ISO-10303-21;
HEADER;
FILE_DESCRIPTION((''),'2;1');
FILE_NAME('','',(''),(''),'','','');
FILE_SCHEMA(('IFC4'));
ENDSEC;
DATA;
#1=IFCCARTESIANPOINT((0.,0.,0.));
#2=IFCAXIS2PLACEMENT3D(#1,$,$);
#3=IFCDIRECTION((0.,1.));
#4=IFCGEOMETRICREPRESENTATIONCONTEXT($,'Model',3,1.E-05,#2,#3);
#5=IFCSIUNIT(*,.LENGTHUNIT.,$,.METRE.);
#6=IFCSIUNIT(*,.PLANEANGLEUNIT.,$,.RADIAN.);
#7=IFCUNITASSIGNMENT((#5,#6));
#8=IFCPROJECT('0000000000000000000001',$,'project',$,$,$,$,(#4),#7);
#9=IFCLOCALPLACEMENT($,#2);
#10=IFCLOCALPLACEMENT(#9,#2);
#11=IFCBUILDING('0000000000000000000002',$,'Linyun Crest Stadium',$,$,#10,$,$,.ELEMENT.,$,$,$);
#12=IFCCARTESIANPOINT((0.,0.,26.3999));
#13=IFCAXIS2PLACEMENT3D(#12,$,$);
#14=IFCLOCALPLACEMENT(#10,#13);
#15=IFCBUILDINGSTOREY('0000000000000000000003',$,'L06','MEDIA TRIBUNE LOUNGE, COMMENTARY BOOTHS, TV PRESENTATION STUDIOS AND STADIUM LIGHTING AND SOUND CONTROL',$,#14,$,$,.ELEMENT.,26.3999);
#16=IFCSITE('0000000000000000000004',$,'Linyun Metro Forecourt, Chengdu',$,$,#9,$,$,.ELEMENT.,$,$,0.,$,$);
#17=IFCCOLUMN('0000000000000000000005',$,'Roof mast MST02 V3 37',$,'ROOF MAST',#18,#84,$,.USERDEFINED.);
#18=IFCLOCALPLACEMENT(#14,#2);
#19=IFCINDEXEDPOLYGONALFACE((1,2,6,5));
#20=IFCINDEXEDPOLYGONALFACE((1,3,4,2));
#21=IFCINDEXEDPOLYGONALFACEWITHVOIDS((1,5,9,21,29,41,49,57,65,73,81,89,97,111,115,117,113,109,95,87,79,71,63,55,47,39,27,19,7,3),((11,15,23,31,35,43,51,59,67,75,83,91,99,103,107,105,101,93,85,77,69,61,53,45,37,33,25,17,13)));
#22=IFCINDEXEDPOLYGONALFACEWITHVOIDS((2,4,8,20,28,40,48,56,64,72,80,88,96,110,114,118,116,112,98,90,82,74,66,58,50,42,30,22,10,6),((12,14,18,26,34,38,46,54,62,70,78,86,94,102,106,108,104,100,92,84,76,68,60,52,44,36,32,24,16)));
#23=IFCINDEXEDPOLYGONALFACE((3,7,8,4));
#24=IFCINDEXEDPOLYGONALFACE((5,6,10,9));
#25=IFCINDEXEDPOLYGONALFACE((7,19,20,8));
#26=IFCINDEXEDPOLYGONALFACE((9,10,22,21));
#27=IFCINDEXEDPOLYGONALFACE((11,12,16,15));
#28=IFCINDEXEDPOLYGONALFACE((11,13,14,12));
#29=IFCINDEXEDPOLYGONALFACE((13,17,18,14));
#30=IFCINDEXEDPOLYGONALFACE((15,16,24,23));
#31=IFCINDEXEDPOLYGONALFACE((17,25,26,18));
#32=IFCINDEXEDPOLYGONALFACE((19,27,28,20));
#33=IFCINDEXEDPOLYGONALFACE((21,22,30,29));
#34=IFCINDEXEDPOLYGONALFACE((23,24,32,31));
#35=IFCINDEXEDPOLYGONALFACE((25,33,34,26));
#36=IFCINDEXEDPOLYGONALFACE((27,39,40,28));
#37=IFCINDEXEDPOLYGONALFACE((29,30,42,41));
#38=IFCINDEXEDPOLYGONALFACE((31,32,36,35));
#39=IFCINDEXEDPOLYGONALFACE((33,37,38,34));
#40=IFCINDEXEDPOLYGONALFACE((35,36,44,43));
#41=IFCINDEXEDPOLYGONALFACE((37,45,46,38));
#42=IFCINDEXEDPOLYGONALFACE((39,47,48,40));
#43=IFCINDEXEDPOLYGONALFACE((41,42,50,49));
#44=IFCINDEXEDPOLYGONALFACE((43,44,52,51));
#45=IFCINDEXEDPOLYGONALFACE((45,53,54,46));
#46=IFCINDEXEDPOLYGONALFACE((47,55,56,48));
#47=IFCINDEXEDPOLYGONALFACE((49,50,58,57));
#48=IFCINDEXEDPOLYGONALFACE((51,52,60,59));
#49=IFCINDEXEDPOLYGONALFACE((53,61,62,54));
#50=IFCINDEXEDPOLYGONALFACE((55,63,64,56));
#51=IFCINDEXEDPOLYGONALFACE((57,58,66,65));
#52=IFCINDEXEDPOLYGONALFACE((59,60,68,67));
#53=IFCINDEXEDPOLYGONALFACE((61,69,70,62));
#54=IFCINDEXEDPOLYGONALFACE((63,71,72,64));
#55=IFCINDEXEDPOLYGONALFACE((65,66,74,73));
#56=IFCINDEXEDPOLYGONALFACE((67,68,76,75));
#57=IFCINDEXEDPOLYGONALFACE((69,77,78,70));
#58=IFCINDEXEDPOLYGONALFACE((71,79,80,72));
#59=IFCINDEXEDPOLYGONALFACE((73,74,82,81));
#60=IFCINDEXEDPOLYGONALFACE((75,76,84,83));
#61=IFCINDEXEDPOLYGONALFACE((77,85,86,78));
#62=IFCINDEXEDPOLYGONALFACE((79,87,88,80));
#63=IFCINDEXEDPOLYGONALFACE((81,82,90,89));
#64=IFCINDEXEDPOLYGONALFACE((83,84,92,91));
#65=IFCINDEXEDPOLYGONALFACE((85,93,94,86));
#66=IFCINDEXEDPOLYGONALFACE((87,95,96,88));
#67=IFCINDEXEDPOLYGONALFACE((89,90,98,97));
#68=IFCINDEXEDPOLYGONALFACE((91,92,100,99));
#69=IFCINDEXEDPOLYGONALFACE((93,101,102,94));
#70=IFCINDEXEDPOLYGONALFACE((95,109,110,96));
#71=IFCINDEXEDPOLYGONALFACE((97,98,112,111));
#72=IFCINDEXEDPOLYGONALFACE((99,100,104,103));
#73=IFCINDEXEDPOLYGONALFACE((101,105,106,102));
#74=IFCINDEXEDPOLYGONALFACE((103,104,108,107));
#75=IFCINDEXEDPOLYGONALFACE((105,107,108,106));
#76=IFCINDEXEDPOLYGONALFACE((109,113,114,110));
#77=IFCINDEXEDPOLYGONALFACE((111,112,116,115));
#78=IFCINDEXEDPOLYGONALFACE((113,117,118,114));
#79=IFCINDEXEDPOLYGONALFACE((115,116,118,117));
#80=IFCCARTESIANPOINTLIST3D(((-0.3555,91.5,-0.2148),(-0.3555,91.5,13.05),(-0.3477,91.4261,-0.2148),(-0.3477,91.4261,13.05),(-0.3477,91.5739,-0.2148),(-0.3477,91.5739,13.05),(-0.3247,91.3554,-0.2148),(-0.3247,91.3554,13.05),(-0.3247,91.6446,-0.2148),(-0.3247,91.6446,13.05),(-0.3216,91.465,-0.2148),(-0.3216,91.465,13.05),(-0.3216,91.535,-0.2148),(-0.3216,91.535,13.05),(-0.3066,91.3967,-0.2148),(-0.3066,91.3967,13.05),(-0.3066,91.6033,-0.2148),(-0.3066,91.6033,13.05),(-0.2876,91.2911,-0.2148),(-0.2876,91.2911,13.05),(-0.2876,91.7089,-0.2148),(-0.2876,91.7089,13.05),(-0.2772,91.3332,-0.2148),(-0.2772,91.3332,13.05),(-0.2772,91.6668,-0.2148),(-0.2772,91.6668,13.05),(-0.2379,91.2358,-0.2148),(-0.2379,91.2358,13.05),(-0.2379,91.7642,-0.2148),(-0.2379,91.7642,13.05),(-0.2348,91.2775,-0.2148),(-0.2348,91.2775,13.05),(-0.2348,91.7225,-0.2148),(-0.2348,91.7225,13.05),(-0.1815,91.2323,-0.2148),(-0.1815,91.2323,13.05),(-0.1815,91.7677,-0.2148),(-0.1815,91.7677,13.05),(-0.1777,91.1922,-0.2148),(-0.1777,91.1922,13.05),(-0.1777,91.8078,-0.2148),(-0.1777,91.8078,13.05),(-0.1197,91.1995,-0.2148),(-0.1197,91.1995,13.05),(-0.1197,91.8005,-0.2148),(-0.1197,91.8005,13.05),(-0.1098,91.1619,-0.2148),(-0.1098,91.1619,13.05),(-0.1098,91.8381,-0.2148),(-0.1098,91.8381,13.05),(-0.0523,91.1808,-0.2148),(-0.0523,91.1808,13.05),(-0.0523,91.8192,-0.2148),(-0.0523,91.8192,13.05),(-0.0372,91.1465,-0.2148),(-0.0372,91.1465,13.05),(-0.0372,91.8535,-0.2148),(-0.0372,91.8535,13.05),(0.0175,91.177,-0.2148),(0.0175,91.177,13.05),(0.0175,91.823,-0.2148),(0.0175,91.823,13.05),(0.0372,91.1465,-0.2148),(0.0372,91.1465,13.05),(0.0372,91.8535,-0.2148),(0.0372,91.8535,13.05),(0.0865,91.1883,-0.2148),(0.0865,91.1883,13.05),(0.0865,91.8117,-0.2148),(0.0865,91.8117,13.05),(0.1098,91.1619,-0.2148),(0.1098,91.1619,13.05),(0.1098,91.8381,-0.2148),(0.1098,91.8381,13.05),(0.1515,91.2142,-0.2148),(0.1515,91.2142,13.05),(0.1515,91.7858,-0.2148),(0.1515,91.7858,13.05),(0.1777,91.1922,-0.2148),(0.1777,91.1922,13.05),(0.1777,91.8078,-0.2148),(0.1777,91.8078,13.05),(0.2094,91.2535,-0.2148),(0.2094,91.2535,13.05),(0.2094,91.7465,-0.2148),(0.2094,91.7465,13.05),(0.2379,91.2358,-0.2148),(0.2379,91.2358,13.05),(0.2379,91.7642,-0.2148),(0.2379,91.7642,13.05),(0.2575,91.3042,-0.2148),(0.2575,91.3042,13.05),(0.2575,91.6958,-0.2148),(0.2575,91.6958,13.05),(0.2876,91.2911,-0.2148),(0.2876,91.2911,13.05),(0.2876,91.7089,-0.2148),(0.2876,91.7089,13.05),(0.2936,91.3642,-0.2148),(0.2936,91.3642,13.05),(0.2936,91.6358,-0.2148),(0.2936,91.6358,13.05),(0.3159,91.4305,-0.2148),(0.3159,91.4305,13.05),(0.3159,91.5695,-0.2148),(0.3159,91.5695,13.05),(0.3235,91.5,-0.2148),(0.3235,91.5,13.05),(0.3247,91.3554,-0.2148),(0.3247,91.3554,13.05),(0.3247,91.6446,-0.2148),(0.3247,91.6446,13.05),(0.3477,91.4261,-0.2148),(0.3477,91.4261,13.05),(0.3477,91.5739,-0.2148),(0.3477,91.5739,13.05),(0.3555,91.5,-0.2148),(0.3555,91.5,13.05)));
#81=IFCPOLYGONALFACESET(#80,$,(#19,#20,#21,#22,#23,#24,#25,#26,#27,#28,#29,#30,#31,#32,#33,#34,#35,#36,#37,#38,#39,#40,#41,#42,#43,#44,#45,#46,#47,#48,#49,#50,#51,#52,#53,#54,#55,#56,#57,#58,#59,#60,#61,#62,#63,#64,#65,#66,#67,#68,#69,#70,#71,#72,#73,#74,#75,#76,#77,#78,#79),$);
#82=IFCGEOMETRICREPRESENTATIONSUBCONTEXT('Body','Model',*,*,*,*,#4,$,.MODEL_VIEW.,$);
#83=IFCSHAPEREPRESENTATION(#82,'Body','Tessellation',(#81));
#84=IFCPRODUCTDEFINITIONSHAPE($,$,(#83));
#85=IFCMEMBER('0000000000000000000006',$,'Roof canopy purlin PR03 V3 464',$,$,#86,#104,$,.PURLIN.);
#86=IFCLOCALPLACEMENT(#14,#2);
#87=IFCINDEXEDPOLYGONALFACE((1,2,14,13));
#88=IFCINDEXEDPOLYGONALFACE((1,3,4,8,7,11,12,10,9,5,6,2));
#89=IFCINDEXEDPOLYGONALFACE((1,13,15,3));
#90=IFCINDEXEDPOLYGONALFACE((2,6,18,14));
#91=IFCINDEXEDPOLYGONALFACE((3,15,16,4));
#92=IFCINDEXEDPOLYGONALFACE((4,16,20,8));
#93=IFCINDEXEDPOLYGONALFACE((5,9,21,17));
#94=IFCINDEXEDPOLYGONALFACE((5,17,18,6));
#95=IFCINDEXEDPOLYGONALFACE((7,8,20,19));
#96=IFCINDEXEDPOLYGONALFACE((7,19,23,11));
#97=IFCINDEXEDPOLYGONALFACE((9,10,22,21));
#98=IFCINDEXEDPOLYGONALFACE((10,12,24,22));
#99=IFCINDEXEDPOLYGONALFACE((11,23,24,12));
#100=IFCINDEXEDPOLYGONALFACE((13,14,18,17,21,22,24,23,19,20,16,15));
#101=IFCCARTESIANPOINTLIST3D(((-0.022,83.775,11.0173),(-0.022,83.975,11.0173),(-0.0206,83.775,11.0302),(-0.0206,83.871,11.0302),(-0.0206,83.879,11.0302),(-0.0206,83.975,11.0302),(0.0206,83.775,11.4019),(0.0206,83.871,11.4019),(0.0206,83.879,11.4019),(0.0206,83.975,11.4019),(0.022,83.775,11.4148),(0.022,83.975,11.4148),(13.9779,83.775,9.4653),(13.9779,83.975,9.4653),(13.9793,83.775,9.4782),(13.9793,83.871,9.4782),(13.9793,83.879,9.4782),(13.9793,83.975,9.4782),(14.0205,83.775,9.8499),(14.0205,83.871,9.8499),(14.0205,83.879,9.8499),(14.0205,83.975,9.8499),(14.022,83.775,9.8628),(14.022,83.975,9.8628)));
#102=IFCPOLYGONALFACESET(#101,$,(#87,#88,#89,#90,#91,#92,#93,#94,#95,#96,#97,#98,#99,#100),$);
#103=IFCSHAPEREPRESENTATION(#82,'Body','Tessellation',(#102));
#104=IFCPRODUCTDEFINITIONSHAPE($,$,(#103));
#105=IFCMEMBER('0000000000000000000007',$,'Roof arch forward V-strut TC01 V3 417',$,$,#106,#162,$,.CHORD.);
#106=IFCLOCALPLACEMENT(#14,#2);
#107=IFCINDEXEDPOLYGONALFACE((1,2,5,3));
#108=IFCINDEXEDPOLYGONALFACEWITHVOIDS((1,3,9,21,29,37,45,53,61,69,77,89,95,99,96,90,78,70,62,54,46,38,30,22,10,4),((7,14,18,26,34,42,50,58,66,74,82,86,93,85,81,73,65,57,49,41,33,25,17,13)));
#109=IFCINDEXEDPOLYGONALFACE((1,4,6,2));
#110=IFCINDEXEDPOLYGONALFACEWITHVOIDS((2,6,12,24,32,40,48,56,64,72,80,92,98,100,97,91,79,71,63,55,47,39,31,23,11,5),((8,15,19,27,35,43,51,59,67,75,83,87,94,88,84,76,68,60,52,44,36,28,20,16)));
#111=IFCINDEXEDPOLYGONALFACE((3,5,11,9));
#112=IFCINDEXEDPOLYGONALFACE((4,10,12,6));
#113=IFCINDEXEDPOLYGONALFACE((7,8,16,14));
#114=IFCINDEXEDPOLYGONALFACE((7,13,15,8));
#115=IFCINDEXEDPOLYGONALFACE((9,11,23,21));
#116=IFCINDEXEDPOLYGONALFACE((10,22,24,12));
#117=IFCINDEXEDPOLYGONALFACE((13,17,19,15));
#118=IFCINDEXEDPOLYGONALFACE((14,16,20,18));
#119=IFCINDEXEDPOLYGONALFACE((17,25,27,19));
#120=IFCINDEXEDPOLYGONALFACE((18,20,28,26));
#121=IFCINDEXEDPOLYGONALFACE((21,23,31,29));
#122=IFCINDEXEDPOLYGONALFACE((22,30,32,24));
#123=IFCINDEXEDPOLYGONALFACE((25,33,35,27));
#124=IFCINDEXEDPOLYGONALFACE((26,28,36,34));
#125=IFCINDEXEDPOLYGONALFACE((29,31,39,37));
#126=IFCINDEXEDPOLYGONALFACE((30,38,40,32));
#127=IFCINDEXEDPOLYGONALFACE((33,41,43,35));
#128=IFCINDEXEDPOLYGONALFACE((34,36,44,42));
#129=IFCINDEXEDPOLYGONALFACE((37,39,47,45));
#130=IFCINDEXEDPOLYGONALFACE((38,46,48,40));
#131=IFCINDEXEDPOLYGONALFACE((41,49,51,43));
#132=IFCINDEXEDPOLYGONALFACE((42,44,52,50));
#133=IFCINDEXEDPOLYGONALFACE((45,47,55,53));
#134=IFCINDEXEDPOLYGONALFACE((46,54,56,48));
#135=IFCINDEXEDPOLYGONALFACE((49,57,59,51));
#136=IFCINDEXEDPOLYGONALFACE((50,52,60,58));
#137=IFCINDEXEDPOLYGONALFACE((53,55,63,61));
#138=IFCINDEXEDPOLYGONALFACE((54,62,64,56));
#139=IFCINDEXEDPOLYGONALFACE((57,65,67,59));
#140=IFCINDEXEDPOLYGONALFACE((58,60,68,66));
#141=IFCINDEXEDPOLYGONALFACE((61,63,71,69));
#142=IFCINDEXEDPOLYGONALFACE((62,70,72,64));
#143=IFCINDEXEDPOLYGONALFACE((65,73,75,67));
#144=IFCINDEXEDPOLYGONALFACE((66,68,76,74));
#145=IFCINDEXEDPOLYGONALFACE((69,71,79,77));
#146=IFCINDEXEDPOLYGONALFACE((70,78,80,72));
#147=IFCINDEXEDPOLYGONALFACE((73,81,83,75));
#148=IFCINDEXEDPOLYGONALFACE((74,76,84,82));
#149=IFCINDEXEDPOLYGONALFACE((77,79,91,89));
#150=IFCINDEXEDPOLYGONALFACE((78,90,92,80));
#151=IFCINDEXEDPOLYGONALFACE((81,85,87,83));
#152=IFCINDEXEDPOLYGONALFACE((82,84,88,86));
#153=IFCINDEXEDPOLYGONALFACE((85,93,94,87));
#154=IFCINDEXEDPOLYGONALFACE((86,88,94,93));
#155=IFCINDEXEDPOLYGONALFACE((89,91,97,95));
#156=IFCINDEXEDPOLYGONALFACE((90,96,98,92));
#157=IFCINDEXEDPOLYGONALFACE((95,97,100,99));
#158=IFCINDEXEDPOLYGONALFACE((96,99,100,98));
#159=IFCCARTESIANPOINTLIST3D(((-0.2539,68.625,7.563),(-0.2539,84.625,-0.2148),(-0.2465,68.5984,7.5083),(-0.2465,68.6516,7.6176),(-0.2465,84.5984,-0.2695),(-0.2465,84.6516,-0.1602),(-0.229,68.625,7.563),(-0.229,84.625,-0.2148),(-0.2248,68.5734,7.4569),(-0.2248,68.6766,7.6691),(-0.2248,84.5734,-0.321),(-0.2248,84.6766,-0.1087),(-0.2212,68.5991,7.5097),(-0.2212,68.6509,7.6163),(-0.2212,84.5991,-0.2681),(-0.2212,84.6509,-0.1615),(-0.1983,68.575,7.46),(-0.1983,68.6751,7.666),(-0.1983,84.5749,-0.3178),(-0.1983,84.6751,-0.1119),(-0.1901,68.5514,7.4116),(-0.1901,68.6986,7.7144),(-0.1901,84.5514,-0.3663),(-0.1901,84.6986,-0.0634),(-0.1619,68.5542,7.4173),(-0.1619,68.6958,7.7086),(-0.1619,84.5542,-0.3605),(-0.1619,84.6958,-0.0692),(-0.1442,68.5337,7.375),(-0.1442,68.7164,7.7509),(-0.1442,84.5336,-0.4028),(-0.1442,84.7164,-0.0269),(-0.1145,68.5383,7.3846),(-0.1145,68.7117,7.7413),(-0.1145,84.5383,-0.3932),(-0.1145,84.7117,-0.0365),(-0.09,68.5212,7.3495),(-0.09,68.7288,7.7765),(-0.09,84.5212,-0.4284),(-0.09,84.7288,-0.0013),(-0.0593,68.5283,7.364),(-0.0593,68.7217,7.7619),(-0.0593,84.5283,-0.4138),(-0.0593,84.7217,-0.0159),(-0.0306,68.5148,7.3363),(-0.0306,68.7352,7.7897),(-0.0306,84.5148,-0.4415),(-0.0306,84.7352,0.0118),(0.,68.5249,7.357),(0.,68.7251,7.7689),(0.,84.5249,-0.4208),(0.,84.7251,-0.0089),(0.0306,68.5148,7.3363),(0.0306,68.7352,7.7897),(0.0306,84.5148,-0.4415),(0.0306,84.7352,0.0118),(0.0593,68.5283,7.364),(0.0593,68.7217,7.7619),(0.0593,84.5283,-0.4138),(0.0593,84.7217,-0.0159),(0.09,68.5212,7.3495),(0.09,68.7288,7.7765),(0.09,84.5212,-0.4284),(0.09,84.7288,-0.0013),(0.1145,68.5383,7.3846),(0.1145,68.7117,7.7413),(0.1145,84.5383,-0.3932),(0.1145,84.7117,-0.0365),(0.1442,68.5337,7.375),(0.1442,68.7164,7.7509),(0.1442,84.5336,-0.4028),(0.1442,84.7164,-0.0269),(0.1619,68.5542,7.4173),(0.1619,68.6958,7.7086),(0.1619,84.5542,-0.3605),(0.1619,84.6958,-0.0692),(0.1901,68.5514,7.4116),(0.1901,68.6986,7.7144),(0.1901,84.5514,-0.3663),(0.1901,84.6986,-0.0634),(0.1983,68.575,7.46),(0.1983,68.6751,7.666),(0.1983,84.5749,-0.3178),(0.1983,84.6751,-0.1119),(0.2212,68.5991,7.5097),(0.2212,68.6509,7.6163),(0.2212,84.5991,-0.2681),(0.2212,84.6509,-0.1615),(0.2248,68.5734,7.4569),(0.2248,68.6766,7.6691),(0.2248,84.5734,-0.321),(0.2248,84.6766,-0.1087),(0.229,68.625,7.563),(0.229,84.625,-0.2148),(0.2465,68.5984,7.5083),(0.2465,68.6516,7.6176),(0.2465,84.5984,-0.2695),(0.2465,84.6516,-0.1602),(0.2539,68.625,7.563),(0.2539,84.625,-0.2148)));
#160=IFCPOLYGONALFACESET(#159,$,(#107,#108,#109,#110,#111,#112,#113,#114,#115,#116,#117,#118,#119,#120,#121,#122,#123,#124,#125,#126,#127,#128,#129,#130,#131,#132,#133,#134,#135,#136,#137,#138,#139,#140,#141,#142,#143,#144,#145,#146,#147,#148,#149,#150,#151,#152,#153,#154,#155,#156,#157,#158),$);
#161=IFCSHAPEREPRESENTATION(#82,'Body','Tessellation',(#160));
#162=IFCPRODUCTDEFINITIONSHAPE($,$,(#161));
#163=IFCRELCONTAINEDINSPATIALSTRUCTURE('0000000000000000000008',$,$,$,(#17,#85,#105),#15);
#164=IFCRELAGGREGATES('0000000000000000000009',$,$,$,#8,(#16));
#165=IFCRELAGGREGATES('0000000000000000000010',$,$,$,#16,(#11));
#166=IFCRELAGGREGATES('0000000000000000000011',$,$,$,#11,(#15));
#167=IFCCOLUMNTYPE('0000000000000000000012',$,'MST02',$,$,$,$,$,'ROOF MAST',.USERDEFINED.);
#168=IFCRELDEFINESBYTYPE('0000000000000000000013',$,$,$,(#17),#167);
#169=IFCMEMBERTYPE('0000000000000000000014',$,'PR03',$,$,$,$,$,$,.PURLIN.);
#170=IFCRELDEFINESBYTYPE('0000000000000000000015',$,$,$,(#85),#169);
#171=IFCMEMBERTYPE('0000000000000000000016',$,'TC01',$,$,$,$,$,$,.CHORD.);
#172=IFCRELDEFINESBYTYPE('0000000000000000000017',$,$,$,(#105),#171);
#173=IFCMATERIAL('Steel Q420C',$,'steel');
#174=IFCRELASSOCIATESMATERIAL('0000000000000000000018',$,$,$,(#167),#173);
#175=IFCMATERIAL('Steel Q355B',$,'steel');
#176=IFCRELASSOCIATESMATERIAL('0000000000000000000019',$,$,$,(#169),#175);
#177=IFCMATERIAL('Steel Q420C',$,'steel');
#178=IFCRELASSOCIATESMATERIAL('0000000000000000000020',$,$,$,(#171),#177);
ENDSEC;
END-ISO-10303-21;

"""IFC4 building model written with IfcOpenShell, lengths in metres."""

from ifc_helpers import new_model, si_unit, direction, frame, origin, origin_2d, place, context, subcontext, project, spatial, hollow_circle, i_section, extrude, material, material_profile, profile_set, type_object, element, save


model = new_model("IFC4")

# Units and contexts
model_context = context("Model", 3, precision=1e-05, world=origin(), true_north=direction((0.0, 1.0)))
body_context = subcontext(model_context, "Body", "Model", "MODEL_VIEW")
ifc_project = project(units=[si_unit("LENGTHUNIT", "METRE"), si_unit("PLANEANGLEUNIT", "RADIAN")], contexts=[model_context])

# Site, building, storey
site_placement = place(None, origin())
site = spatial("IfcSite", under=ifc_project, at=site_placement, Name="Linyun Metro Forecourt, Chengdu", CompositionType="ELEMENT", RefElevation=0.0)
building_placement = place(site_placement, origin())
building = spatial("IfcBuilding", under=site, at=building_placement, Name="Linyun Crest Stadium", CompositionType="ELEMENT")
storey_placement = place(building_placement, frame((0.0, 0.0, 26.3999)))
storey = spatial("IfcBuildingStorey", under=building, at=storey_placement, Name="L06", Description="MEDIA TRIBUNE LOUNGE, COMMENTARY BOOTHS, TV PRESENTATION STUDIOS AND STADIUM LIGHTING AND SOUND CONTROL", CompositionType="ELEMENT", Elevation=26.3999)

# Column
ifc_material_1 = material(Name="Steel Q420C", Category="steel")
ifc_material_profile_1 = material_profile(ifc_material_1, hollow_circle(Radius=0.3555, WallThickness=0.032, at=origin_2d()), Name="CHS 711x32")
ifc_profile_set_1 = profile_set([ifc_material_profile_1], Name="Steel Q420C")
column_type = type_object("IfcColumnType", Name="MST02", ElementType="ROOF MAST", PredefinedType="USERDEFINED", material=ifc_profile_set_1)
column_placement = place(storey_placement, frame((0.0, 91.5, -0.2148), z_axis=(0.0, 0.0, 1.0), x_axis=(1.0, 0.0, 0.0)))
element("IfcColumn", 1, at=column_placement, inside=storey, type_object=column_type, Name="Roof mast MST02 V3 37", ObjectType="ROOF MAST", PredefinedType="USERDEFINED", context=body_context, shape_type="SweptSolid", body=[
    extrude(hollow_circle(Radius=0.3555, WallThickness=0.032, at=origin_2d()), origin(), (0.0, 0.0, 1.0), 13.2649),
])

# Members
ifc_material_2 = material(Name="Steel Q355B", Category="steel")
ifc_material_profile_2 = material_profile(ifc_material_2, i_section(OverallWidth=0.2, OverallDepth=0.3999, WebThickness=0.0081, FlangeThickness=0.0129, at=origin_2d()), Name="HN 400x200")
ifc_profile_set_2 = profile_set([ifc_material_profile_2], Name="Steel Q355B")
member_type_1 = type_object("IfcMemberType", Name="PR03", PredefinedType="PURLIN", material=ifc_profile_set_2)
member_1_placement = place(storey_placement, frame((0.0, 83.875, 11.2161), z_axis=(0.993911, 0.0, -0.110182), x_axis=(0.0, 1.0, 0.0)))
element("IfcMember", 2, at=member_1_placement, inside=storey, type_object=member_type_1, Name="Roof canopy purlin PR03 V3 464", PredefinedType="PURLIN", context=body_context, shape_type="SweptSolid", body=[
    extrude(i_section(OverallWidth=0.2, OverallDepth=0.3999, WebThickness=0.0081, FlangeThickness=0.0129, at=origin_2d()), origin(), (0.0, 0.0, 1.0), 14.0857),
])
ifc_material_3 = material(Name="Steel Q420C", Category="steel")
ifc_material_profile_3 = material_profile(ifc_material_3, hollow_circle(Radius=0.2539, WallThickness=0.0249, at=origin_2d()), Name="CHS 508x25")
ifc_profile_set_3 = profile_set([ifc_material_profile_3], Name="Steel Q420C")
member_type_2 = type_object("IfcMemberType", Name="TC01", PredefinedType="CHORD", material=ifc_profile_set_3)
member_2_placement = place(storey_placement, frame((0.0, 84.625, -0.2148), z_axis=(0.0, -0.899367, 0.437195), x_axis=(1.0, 0.0, 0.0)))
element("IfcMember", 3, at=member_2_placement, inside=storey, type_object=member_type_2, Name="Roof arch forward V-strut TC01 V3 417", PredefinedType="CHORD", context=body_context, shape_type="SweptSolid", body=[
    extrude(hollow_circle(Radius=0.2539, WallThickness=0.0249, at=origin_2d()), origin(), (0.0, 0.0, 1.0), 17.7903),
])

save(model, "model.ifc")
